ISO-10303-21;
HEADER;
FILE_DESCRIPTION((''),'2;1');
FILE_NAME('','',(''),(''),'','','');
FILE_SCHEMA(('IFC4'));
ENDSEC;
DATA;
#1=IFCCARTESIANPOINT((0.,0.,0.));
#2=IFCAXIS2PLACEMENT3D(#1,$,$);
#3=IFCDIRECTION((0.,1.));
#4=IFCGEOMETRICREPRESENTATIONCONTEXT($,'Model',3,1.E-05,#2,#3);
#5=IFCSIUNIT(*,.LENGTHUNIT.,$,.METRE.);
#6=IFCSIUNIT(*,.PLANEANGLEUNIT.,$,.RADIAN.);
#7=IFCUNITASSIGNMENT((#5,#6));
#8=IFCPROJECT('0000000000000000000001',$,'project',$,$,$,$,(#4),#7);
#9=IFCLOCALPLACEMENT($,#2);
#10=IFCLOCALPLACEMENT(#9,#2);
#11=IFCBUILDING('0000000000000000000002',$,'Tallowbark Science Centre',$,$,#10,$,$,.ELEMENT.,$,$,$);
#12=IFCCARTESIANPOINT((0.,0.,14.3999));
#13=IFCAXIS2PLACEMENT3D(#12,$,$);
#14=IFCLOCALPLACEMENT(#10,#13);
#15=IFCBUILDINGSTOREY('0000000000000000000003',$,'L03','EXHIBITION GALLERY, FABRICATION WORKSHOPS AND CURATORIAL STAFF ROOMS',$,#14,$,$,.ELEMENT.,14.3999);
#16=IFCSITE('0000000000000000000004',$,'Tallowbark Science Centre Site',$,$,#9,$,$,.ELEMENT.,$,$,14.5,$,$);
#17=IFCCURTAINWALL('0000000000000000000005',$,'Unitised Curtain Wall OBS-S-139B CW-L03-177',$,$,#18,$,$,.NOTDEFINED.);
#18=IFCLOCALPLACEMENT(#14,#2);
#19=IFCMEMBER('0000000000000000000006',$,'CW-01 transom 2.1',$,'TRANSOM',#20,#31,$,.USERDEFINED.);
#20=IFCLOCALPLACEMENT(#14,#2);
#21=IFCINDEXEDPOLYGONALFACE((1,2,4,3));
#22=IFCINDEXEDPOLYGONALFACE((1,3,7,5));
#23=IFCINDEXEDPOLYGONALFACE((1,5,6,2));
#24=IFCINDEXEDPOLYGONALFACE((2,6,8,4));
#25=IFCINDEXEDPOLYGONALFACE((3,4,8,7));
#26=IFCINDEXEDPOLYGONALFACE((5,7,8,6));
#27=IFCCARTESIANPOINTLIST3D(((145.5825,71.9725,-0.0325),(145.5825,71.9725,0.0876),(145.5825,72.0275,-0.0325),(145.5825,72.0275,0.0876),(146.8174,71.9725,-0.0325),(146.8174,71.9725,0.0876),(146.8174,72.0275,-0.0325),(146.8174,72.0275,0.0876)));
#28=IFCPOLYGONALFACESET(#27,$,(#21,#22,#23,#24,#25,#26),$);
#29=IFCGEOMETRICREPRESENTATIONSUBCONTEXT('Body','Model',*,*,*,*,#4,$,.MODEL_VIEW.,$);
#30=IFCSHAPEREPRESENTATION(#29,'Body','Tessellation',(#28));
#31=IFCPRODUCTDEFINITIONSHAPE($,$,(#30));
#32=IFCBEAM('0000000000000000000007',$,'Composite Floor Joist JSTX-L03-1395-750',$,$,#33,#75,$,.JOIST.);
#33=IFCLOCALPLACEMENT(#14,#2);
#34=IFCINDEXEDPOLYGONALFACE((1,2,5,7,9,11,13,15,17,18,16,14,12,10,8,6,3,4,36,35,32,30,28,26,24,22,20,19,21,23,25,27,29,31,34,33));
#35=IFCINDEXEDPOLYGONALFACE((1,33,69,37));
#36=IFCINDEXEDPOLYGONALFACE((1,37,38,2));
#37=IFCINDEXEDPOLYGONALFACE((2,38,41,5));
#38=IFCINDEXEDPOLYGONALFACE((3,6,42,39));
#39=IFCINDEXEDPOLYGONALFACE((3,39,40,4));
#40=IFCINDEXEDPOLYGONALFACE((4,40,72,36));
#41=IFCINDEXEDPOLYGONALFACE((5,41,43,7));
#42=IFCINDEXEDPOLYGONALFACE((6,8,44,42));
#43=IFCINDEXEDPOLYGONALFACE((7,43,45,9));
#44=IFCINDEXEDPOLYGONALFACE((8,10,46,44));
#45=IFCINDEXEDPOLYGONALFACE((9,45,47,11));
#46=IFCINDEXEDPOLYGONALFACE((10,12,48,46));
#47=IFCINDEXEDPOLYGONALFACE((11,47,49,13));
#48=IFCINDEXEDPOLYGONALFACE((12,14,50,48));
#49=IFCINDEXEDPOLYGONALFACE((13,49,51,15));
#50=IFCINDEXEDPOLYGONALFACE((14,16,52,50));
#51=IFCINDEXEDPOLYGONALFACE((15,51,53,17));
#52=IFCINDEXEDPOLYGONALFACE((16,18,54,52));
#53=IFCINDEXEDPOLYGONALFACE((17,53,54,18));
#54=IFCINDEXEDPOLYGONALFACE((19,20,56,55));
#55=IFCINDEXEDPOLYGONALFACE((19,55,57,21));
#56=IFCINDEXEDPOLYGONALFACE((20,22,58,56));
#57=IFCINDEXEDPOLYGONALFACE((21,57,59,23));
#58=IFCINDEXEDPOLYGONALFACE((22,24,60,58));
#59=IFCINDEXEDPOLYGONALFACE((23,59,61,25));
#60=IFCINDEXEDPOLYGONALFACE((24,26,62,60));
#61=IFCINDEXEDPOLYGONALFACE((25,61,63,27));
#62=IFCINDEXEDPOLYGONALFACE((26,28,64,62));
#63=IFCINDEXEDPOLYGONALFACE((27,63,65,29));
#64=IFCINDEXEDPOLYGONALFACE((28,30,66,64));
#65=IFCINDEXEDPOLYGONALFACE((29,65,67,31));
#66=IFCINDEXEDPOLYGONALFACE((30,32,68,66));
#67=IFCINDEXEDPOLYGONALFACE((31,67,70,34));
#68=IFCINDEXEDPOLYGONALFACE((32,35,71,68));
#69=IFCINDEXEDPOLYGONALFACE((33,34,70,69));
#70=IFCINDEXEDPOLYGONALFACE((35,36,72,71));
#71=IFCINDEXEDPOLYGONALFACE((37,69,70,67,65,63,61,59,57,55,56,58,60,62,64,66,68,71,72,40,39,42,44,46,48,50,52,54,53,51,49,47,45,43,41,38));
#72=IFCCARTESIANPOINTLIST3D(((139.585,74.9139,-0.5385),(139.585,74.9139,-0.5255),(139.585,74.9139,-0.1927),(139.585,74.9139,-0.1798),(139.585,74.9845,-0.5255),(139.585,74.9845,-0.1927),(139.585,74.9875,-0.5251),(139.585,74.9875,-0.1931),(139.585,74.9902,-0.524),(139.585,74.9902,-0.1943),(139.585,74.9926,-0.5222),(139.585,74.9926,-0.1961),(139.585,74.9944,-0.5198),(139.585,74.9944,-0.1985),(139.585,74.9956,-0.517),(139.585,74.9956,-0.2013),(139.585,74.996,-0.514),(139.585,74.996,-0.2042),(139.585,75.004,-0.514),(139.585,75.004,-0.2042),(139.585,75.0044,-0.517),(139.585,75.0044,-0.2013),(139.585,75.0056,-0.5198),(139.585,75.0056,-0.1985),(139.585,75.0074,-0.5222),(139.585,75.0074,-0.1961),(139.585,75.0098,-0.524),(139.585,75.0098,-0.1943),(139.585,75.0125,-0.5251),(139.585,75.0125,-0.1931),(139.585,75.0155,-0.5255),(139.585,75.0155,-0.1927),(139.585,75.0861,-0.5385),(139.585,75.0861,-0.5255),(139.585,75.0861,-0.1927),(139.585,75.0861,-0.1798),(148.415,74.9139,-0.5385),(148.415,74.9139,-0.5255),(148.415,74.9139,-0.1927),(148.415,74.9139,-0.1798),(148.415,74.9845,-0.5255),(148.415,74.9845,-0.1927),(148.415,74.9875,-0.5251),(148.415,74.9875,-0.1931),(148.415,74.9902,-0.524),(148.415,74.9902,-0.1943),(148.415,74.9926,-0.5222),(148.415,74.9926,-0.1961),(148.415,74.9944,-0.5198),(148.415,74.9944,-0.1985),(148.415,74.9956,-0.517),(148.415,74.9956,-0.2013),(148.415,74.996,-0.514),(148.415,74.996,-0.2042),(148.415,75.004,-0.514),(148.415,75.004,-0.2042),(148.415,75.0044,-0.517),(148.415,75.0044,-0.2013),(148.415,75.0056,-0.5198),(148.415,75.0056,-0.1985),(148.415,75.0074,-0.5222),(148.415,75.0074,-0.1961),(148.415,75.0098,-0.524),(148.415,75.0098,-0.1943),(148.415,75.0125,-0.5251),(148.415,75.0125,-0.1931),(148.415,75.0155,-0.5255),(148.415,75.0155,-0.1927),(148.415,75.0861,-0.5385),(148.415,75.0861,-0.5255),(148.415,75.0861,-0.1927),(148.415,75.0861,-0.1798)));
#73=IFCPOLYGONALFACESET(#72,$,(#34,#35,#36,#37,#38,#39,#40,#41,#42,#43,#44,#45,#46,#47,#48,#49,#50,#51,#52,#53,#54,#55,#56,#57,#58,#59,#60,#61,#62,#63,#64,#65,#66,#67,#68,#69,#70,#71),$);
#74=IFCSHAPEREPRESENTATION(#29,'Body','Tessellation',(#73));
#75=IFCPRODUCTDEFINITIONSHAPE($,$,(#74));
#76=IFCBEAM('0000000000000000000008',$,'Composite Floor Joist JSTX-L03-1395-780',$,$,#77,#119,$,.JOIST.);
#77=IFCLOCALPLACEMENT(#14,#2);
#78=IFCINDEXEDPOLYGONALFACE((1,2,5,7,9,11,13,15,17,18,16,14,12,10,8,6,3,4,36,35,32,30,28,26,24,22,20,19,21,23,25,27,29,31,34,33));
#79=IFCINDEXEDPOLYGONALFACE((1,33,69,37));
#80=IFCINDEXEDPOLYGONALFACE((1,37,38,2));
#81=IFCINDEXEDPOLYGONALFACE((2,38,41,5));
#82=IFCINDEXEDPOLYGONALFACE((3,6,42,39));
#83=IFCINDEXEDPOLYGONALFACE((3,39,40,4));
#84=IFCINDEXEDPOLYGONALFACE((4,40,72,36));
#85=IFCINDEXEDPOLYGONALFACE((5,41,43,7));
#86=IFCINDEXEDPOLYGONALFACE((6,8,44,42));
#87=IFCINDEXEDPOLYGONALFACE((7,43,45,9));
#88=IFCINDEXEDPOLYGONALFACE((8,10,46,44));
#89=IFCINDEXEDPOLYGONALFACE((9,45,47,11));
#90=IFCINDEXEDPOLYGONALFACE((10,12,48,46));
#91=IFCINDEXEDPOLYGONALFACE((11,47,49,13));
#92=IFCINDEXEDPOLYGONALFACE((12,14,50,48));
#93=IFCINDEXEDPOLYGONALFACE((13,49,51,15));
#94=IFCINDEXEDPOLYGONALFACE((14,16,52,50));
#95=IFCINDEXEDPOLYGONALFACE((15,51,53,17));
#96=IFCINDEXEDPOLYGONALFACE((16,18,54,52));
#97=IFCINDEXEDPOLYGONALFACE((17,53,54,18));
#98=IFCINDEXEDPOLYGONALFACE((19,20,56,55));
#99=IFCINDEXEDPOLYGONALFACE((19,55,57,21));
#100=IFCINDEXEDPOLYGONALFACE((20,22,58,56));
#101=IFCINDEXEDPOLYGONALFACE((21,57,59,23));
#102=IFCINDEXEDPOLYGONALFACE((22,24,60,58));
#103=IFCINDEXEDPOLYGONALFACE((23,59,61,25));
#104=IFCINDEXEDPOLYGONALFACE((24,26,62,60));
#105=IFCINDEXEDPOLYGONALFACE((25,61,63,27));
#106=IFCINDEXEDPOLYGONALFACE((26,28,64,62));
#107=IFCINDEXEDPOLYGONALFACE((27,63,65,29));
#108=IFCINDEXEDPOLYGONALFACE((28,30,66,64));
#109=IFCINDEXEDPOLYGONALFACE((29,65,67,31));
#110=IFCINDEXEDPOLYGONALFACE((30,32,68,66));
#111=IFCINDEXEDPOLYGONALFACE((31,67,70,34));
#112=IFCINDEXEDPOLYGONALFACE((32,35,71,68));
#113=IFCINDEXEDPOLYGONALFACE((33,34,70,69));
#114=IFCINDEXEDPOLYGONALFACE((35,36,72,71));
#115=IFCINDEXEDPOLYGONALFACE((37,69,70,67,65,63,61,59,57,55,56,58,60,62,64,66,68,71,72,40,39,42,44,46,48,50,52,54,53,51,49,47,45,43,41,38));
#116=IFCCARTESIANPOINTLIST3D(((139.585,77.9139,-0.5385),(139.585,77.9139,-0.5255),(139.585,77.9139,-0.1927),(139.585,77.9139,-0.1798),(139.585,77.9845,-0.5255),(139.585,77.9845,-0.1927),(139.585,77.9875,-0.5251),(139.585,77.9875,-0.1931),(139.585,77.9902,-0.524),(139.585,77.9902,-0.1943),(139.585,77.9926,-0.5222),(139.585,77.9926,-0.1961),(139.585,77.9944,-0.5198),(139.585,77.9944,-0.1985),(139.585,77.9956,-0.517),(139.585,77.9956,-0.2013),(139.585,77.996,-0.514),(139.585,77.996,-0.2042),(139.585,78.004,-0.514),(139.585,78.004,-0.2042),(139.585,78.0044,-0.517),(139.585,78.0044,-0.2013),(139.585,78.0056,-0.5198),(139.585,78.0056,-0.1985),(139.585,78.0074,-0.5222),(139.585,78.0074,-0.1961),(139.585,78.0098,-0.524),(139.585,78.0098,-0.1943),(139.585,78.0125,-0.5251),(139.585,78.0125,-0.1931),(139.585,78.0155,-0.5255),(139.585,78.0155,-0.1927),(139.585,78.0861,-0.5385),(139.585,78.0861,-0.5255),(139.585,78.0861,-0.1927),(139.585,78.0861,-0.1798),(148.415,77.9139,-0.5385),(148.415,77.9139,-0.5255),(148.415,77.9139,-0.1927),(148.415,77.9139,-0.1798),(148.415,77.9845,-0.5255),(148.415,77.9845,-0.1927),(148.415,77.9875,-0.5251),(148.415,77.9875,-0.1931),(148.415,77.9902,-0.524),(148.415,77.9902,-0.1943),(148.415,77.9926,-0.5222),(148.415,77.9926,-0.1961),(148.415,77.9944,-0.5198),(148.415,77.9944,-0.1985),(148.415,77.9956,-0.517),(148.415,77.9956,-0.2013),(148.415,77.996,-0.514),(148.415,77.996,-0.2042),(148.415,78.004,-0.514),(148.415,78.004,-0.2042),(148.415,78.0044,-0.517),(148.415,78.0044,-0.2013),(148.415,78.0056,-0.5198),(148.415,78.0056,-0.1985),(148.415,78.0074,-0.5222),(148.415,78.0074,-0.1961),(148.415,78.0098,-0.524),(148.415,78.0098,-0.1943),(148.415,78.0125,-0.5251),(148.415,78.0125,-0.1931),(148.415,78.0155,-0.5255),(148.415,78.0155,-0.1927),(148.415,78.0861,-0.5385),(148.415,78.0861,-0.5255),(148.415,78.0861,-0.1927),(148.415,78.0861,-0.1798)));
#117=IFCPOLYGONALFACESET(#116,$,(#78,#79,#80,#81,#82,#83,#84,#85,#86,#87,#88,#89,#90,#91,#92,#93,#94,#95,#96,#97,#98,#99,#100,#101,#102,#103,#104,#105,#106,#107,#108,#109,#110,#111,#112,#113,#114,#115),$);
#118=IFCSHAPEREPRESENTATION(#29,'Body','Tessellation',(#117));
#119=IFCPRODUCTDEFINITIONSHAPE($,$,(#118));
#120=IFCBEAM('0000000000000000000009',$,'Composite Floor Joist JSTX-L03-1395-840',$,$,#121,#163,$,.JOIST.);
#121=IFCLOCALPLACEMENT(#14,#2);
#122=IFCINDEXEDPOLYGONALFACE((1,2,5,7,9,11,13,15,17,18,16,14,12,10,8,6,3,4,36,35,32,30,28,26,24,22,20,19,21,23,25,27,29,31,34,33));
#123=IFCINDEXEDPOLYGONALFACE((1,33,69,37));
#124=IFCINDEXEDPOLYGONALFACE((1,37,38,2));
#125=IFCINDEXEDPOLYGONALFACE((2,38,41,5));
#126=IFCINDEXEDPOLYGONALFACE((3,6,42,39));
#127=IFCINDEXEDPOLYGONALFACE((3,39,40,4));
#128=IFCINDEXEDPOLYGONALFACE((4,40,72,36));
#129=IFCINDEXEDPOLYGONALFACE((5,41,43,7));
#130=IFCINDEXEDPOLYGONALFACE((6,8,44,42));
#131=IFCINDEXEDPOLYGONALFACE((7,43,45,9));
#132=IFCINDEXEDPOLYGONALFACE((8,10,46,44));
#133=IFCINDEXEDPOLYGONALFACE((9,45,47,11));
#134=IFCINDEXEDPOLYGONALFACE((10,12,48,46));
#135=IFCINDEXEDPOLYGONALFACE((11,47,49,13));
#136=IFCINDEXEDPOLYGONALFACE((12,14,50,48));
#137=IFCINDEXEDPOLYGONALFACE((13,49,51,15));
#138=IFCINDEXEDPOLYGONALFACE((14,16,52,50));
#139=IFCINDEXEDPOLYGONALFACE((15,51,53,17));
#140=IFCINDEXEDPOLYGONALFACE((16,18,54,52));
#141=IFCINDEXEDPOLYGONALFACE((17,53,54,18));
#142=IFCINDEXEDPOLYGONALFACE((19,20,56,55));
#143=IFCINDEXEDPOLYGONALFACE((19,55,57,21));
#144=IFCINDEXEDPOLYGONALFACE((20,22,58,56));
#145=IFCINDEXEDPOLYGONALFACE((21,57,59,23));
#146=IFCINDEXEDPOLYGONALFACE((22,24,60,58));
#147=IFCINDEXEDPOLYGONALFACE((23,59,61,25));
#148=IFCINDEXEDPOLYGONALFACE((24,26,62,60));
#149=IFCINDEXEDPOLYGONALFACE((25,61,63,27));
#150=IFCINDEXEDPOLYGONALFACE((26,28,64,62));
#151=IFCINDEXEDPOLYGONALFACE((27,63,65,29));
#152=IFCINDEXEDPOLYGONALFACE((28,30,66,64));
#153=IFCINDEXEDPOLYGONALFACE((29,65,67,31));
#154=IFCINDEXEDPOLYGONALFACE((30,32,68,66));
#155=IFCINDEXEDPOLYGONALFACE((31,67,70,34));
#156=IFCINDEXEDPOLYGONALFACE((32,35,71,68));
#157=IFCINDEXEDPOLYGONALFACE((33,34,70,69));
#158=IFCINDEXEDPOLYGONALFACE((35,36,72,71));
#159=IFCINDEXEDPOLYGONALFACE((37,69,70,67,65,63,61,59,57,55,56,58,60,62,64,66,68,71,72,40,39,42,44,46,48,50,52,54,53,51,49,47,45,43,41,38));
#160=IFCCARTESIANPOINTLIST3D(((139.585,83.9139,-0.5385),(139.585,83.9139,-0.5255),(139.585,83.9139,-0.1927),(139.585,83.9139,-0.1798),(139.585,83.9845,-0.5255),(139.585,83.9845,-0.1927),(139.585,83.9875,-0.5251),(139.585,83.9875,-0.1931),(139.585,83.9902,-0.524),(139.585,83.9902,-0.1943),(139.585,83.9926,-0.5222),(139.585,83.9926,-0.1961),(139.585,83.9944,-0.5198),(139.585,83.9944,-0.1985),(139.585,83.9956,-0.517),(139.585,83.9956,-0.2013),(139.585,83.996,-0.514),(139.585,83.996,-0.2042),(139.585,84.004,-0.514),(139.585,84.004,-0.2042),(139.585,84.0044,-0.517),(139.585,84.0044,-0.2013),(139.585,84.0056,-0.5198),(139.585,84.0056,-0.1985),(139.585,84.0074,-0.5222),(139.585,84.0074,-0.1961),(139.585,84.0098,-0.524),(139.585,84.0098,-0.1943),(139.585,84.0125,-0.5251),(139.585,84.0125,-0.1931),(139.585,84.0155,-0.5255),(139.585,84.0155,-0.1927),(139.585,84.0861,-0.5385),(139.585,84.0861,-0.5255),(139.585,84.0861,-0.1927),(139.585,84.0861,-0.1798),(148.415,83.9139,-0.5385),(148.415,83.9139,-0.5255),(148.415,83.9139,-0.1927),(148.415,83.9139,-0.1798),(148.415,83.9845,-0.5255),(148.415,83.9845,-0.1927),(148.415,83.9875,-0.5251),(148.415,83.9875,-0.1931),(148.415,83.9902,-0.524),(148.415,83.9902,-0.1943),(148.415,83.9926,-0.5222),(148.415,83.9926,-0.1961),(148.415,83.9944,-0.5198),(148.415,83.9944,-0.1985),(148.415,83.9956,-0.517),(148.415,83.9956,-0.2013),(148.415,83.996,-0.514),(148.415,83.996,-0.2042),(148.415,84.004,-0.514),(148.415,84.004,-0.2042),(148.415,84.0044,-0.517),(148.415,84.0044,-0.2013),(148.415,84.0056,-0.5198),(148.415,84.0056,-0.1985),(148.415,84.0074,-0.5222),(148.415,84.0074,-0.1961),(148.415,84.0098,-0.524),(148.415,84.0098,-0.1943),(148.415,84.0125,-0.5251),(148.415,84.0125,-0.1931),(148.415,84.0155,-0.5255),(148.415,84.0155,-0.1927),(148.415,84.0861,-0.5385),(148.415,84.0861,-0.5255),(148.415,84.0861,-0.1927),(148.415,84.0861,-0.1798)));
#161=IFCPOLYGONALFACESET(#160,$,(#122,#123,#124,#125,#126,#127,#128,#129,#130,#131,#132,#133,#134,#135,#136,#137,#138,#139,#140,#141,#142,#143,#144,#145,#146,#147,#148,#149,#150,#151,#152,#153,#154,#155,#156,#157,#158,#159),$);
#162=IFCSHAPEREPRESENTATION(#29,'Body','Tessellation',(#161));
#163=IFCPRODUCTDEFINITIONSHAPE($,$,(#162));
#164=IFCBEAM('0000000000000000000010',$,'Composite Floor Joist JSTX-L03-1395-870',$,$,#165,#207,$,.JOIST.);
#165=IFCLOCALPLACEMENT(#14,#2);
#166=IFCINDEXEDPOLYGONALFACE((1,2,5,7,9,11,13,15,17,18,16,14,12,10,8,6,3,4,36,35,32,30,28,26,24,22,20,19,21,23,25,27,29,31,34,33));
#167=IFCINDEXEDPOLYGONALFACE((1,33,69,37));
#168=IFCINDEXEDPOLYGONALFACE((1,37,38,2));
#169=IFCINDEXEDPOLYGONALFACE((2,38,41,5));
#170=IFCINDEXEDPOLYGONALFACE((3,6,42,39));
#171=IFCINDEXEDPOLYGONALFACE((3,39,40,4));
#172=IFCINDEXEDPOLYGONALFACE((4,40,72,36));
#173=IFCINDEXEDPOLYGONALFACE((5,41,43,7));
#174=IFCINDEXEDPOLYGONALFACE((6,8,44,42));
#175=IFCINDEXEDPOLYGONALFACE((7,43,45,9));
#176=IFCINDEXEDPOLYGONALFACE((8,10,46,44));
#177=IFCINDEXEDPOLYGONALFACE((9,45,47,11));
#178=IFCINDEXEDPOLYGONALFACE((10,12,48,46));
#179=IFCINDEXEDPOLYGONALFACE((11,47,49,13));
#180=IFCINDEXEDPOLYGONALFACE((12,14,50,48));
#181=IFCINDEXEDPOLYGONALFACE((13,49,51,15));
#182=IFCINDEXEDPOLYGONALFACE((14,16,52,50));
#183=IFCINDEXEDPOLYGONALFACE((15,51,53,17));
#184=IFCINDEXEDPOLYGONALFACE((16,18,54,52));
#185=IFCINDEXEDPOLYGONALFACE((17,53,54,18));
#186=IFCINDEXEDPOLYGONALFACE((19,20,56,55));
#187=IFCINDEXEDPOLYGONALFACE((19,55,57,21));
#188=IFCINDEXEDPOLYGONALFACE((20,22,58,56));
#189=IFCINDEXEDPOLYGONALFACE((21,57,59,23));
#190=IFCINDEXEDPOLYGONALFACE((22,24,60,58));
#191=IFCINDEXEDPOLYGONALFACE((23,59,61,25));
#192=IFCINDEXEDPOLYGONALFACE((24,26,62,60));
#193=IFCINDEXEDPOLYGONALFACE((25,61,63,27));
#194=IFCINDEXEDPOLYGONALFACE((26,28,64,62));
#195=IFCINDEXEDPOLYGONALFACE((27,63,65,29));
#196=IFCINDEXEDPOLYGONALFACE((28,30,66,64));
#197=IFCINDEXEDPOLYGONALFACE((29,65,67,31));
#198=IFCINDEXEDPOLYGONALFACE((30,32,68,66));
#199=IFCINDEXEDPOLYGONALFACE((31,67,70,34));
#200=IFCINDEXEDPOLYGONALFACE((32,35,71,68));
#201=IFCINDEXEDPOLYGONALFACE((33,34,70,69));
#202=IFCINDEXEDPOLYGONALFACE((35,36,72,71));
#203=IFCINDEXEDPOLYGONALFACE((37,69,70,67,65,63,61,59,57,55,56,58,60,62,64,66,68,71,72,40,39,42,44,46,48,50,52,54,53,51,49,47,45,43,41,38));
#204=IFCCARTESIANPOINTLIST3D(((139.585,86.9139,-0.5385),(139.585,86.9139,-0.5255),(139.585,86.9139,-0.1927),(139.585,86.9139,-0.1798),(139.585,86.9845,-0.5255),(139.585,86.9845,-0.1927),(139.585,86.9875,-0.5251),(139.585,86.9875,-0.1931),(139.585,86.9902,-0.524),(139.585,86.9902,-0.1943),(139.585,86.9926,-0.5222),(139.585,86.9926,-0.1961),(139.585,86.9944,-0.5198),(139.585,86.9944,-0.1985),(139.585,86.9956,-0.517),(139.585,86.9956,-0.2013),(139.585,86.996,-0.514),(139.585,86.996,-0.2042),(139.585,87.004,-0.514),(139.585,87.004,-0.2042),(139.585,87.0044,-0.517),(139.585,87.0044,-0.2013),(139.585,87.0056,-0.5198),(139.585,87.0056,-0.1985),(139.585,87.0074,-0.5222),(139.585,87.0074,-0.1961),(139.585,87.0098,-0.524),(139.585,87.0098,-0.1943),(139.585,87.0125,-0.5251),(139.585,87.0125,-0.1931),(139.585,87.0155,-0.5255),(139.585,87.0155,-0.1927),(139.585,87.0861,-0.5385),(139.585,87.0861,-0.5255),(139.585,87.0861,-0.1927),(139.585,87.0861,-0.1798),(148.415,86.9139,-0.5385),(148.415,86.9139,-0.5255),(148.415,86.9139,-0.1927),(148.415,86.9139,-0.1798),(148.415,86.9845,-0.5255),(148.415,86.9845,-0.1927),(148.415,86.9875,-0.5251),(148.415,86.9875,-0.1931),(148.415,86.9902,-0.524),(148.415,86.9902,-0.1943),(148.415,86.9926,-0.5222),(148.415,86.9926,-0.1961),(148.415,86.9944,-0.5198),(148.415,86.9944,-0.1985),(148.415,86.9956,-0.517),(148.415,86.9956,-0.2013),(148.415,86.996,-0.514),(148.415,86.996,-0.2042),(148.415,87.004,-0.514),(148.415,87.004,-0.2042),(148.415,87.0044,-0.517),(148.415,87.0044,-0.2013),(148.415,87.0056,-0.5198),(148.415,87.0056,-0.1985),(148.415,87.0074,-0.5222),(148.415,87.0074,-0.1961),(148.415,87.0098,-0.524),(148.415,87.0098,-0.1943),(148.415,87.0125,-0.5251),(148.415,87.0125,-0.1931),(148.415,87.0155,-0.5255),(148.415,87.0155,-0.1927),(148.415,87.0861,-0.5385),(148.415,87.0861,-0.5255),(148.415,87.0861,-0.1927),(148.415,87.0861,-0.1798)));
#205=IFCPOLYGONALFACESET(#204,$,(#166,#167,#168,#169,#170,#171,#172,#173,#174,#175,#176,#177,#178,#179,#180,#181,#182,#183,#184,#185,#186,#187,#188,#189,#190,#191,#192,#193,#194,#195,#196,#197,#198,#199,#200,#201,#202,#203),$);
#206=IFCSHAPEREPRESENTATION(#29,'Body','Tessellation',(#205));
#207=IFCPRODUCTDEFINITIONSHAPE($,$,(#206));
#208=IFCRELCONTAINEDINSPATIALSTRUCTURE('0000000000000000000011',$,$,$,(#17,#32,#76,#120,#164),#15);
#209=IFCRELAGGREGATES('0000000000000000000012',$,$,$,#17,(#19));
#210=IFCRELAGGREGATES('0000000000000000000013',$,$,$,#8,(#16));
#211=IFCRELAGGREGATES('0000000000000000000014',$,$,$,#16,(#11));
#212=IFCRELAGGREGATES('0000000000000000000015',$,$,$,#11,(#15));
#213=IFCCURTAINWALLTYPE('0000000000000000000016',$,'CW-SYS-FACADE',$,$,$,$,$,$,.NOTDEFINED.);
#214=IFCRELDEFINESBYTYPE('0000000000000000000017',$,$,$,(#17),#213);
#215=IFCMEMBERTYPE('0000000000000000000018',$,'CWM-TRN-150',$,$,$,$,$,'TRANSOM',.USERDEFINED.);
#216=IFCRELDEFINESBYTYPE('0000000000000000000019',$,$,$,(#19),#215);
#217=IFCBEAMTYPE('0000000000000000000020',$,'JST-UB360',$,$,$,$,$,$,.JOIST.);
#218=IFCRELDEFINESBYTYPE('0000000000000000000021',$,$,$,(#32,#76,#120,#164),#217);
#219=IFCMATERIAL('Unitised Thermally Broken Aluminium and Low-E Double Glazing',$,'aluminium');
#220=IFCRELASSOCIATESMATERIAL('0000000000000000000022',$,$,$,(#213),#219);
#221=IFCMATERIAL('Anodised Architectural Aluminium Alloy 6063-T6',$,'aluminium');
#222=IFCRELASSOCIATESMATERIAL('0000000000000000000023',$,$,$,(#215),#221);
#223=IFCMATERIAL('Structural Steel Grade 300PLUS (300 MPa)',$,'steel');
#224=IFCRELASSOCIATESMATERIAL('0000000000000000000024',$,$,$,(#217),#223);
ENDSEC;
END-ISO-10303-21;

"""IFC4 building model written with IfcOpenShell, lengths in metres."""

from ifc_helpers import new_model, si_unit, direction, frame, origin, origin_2d, place, context, subcontext, project, spatial, rectangle, i_section, extrude, material, material_profile, profile_set, type_object, element, aggregate, save


model = new_model("IFC4")

# Units and contexts
model_context = context("Model", 3, precision=1e-05, world=origin(), true_north=direction((0.0, 1.0)))
body_context = subcontext(model_context, "Body", "Model", "MODEL_VIEW")
ifc_project = project(units=[si_unit("LENGTHUNIT", "METRE"), si_unit("PLANEANGLEUNIT", "RADIAN")], contexts=[model_context])

# Site, building, storey
site_placement = place(None, origin())
site = spatial("IfcSite", under=ifc_project, at=site_placement, Name="Tallowbark Science Centre Site", CompositionType="ELEMENT", RefElevation=14.5)
building_placement = place(site_placement, origin())
building = spatial("IfcBuilding", under=site, at=building_placement, Name="Tallowbark Science Centre", CompositionType="ELEMENT")
storey_placement = place(building_placement, frame((0.0, 0.0, 14.3999)))
storey = spatial("IfcBuildingStorey", under=building, at=storey_placement, Name="L03", Description="EXHIBITION GALLERY, FABRICATION WORKSHOPS AND CURATORIAL STAFF ROOMS", CompositionType="ELEMENT", Elevation=14.3999)

# Shared definitions
ifc_material_1 = material(Name="Structural Steel Grade 300PLUS (300 MPa)", Category="steel")

# Curtain wall, member
ifc_material_2 = material(Name="Unitised Thermally Broken Aluminium and Low-E Double Glazing", Category="aluminium")
curtain_wall_type = type_object("IfcCurtainWallType", Name="CW-SYS-FACADE", PredefinedType="NOTDEFINED", material=ifc_material_2)
curtain_wall_placement = place(storey_placement, origin())
curtain_wall = element("IfcCurtainWall", 1, at=curtain_wall_placement, inside=storey, type_object=curtain_wall_type, Name="Unitised Curtain Wall OBS-S-139B CW-L03-177", PredefinedType="NOTDEFINED")
ifc_material_3 = material(Name="Anodised Architectural Aluminium Alloy 6063-T6", Category="aluminium")
ifc_material_profile_1 = material_profile(ifc_material_3, rectangle(XDim=0.0549, YDim=0.1201, at=origin_2d()), Name="ALU55x120")
ifc_profile_set_1 = profile_set([ifc_material_profile_1], Name="Anodised Architectural Aluminium Alloy 6063-T6")
member_type_1 = type_object("IfcMemberType", Name="CWM-TRN-150", ElementType="TRANSOM", PredefinedType="USERDEFINED", material=ifc_profile_set_1)
member_1_placement = place(storey_placement, frame((145.5825, 72.0, 0.0276), z_axis=(1.0, 0.0, 0.0), x_axis=(0.0, 1.0, 0.0)))
member_1 = element("IfcMember", 2, at=member_1_placement, type_object=member_type_1, Name="CW-01 transom 2.1", ObjectType="TRANSOM", PredefinedType="USERDEFINED", context=body_context, shape_type="SweptSolid", body=[
    extrude(rectangle(XDim=0.0549, YDim=0.1201, at=origin_2d()), origin(), (0.0, 0.0, 1.0), 1.2349),
])

# Beams
ifc_material_profile_2 = material_profile(ifc_material_1, i_section(OverallWidth=0.1721, OverallDepth=0.3586, WebThickness=0.0081, FlangeThickness=0.0129, FilletRadius=0.0115, at=origin_2d()), Name="360UB56.7")
ifc_profile_set_2 = profile_set([ifc_material_profile_2], Name="Structural Steel Grade 300PLUS (300 MPa)")
beam_type_1 = type_object("IfcBeamType", Name="JST-UB360", PredefinedType="JOIST", material=ifc_profile_set_2)
for number, where, z_axis, x_axis, name in (
    (3, (139.585, 75.0, -0.3591), (1.0, 0.0, 0.0), (0.0, 1.0, 0.0), "Composite Floor Joist JSTX-L03-1395-750"),
    (4, (139.585, 78.0, -0.3591), (1.0, 0.0, 0.0), (0.0, 1.0, 0.0), "Composite Floor Joist JSTX-L03-1395-780"),
    (5, (139.585, 84.0, -0.3591), (1.0, 0.0, 0.0), (0.0, 1.0, 0.0), "Composite Floor Joist JSTX-L03-1395-840"),
    (6, (139.585, 87.0, -0.3591), (1.0, 0.0, 0.0), (0.0, 1.0, 0.0), "Composite Floor Joist JSTX-L03-1395-870"),
):
    element("IfcBeam", number, at=place(storey_placement, frame(where, z_axis=z_axis, x_axis=x_axis)), inside=storey, type_object=beam_type_1, Name=name, PredefinedType="JOIST", context=body_context, shape_type="SweptSolid", body=[
        extrude(i_section(OverallWidth=0.1721, OverallDepth=0.3586, WebThickness=0.0081, FlangeThickness=0.0129, FilletRadius=0.0115, at=origin_2d()), origin(), (0.0, 0.0, 1.0), 8.8301),
    ])

aggregate(curtain_wall, [member_1])

save(model, "model.ifc")
